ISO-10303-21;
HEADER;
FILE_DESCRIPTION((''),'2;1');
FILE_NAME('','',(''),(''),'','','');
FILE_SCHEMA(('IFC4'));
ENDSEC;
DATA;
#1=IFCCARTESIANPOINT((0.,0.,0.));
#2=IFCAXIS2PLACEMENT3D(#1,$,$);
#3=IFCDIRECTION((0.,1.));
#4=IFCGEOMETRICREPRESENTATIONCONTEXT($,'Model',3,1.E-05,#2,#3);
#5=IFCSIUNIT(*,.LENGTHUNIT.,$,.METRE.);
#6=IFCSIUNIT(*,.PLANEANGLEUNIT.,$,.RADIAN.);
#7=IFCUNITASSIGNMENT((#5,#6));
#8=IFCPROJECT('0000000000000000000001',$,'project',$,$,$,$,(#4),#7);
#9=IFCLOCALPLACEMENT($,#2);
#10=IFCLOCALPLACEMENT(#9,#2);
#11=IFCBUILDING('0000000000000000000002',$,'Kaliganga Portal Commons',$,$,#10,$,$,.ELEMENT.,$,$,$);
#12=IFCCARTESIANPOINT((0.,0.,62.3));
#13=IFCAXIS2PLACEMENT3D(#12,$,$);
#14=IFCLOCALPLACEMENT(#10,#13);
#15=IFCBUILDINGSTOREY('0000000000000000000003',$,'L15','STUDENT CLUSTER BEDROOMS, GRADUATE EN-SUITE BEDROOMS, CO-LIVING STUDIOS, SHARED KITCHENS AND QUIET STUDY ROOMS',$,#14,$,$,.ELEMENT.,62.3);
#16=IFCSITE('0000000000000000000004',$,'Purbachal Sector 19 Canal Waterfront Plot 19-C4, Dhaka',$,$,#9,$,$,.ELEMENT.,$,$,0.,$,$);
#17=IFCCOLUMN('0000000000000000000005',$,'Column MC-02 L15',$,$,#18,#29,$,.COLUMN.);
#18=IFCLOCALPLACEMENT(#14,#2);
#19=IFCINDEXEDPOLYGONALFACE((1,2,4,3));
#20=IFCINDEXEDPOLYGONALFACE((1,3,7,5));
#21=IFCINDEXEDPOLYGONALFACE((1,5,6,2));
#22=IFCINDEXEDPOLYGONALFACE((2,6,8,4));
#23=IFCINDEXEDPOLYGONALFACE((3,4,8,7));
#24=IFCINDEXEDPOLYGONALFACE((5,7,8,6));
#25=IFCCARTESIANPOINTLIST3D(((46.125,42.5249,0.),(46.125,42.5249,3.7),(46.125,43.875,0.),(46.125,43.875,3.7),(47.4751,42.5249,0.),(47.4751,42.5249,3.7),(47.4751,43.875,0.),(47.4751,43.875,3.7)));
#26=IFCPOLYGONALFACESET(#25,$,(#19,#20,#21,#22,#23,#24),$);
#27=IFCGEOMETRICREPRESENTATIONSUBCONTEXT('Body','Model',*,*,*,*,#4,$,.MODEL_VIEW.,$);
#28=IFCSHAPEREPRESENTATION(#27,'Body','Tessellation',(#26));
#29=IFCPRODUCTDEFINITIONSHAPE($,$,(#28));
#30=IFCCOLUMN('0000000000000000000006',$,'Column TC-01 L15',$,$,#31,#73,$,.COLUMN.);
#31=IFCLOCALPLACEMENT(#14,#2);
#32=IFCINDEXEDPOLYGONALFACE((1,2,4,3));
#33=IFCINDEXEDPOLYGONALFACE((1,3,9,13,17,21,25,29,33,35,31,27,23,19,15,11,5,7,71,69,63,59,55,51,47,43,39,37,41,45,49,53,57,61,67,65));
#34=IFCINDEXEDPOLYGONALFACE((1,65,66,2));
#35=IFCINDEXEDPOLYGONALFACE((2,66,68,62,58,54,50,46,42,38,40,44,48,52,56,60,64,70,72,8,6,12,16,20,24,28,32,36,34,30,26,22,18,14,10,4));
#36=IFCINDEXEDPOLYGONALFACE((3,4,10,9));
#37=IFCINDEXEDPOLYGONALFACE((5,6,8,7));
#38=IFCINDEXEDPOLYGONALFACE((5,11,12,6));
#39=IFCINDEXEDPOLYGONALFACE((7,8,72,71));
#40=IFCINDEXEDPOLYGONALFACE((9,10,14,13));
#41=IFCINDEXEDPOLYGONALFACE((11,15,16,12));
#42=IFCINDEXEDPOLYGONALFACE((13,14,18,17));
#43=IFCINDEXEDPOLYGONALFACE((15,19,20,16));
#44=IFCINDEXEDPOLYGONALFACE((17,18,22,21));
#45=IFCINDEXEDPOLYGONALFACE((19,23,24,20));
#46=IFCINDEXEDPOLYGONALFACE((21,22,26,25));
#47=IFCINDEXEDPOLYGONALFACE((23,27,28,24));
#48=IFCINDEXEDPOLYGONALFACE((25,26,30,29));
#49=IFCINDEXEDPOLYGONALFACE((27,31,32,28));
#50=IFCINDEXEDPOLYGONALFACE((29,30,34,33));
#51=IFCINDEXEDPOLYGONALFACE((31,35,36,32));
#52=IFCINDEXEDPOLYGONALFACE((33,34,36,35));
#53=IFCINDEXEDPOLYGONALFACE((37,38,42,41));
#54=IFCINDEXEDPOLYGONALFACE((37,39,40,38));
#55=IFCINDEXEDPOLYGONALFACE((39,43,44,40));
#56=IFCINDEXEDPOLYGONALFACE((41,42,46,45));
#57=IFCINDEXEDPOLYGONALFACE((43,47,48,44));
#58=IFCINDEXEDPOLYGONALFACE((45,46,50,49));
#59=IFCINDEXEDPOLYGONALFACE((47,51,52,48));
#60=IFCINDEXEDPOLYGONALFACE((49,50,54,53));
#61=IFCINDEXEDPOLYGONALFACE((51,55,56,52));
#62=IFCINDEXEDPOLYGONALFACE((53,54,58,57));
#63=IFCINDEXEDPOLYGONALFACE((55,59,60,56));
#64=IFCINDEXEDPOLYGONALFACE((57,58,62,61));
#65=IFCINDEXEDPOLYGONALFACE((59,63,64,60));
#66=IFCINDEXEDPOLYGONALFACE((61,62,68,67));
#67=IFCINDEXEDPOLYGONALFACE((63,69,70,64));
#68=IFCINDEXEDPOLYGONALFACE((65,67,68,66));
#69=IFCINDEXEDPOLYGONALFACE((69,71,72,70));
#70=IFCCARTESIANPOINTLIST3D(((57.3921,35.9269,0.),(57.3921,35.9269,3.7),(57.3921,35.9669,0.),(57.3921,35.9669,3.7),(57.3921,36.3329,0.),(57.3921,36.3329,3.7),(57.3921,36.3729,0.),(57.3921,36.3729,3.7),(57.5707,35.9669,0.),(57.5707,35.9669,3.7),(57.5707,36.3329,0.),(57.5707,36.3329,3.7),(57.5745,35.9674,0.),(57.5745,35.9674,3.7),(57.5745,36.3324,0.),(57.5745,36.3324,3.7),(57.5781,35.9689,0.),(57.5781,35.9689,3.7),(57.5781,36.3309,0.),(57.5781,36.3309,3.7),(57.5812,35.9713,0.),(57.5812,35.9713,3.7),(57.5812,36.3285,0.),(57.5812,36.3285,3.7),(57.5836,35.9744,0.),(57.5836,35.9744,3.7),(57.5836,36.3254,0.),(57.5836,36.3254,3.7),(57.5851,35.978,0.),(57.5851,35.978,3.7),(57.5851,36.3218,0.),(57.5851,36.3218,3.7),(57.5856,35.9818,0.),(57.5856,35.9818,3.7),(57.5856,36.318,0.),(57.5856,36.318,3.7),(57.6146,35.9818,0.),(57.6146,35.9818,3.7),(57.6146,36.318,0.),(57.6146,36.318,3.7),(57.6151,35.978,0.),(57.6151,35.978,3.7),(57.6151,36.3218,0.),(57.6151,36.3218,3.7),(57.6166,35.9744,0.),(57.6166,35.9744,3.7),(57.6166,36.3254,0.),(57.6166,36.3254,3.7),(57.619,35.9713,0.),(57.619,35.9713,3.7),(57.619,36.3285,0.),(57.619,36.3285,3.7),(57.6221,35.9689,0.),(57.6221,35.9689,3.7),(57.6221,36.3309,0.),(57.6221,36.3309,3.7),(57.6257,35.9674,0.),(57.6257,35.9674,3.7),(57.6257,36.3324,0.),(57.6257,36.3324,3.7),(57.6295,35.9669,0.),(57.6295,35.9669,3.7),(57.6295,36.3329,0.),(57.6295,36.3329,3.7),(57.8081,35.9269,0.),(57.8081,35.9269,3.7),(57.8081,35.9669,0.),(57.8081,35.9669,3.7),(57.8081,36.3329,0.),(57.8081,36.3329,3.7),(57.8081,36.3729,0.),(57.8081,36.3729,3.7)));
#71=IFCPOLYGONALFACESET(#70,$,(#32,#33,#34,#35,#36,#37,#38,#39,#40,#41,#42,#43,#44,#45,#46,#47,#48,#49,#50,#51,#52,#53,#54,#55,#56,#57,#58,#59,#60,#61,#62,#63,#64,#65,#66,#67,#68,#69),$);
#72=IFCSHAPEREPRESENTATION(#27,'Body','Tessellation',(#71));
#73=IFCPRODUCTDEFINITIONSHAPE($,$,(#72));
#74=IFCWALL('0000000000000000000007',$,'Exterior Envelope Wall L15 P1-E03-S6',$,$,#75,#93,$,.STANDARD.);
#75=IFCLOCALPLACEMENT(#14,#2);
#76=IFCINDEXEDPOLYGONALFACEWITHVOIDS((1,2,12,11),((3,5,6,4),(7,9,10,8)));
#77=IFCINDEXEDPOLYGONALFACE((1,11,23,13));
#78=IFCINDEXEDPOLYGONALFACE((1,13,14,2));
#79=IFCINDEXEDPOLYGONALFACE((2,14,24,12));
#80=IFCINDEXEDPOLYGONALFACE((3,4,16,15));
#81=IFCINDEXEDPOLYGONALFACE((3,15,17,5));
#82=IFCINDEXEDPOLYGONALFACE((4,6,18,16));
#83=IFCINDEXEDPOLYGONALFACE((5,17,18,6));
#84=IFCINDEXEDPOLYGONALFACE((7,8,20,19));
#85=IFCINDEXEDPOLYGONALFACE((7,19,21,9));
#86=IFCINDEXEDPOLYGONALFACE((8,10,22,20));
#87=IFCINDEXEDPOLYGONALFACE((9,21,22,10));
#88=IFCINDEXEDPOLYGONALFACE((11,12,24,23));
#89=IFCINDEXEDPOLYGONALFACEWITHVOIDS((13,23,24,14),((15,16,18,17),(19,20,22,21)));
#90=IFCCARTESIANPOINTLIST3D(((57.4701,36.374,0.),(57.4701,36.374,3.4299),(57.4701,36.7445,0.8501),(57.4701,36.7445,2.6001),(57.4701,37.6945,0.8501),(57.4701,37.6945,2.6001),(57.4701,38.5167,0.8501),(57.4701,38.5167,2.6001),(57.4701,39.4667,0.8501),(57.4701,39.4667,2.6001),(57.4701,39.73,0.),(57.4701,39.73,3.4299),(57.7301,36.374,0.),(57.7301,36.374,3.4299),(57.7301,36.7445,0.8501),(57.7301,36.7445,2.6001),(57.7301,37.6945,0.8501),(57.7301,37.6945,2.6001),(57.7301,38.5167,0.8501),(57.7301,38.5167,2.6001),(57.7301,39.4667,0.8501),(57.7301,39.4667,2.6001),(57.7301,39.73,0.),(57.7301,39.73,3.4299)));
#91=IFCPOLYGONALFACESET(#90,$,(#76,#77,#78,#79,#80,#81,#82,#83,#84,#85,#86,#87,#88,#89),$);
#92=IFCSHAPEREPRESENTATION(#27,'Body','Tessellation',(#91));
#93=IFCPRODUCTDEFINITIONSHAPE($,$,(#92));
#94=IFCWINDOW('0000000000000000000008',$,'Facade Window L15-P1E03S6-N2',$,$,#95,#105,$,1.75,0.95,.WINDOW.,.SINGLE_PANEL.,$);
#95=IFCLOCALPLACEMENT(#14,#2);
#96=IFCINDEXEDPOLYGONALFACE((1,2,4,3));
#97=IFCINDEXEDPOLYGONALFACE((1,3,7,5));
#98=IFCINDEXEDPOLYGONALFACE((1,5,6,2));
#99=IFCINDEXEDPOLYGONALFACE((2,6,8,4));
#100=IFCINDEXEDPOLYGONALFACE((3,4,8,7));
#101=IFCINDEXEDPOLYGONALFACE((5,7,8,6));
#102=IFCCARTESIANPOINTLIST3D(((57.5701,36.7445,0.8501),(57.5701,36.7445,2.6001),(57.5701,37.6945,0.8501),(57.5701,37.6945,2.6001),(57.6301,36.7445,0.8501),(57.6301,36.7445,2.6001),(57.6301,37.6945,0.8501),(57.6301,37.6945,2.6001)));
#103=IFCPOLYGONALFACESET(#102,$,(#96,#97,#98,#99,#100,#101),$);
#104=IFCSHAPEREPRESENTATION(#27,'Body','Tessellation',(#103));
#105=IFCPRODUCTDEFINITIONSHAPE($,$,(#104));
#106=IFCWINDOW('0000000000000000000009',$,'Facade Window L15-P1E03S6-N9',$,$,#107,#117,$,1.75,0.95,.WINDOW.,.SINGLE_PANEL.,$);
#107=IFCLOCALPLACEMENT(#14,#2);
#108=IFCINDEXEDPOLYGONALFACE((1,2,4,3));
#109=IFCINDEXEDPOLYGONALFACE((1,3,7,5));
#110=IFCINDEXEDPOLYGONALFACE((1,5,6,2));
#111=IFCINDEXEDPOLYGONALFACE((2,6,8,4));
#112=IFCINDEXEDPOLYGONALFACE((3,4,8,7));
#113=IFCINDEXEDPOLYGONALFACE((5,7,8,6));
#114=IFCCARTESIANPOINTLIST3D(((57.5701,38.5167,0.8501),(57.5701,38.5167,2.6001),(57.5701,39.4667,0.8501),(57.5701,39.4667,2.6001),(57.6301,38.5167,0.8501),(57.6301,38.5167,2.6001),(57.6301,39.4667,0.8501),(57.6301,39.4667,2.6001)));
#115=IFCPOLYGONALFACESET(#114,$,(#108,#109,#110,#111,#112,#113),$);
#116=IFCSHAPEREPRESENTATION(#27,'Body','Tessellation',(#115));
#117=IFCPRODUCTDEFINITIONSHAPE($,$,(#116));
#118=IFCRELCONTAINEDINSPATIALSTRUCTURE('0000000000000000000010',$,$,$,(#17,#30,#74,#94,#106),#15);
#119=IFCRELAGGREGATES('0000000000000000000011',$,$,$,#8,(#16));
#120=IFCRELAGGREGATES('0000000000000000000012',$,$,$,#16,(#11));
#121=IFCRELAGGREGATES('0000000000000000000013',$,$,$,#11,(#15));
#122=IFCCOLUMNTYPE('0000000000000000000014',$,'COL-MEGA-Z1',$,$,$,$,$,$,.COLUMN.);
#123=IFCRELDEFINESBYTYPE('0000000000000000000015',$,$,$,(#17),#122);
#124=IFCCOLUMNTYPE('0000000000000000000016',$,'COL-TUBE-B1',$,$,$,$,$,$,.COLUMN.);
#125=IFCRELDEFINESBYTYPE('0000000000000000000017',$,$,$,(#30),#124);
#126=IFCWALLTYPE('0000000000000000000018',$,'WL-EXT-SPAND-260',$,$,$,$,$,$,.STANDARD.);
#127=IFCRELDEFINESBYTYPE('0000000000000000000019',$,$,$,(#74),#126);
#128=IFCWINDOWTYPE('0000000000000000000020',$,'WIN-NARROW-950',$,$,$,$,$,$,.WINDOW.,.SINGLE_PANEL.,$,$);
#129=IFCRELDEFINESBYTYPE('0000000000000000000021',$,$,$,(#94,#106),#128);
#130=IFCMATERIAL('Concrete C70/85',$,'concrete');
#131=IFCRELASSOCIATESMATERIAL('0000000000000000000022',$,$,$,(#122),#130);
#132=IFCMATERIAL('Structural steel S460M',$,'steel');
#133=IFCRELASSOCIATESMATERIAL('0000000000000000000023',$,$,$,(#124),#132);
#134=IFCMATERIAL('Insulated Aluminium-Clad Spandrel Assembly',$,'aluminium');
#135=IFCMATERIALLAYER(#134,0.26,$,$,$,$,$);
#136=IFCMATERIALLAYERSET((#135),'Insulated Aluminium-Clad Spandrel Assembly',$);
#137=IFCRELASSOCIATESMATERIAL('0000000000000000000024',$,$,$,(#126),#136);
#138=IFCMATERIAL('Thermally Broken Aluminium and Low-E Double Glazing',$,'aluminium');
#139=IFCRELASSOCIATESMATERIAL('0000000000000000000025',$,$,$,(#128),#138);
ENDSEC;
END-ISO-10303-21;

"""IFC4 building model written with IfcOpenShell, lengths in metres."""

from ifc_helpers import new_model, si_unit, direction, frame, frame_2d, origin, origin_2d, place, context, subcontext, project, spatial, rectangle, i_section, extrude, source, transform, mapped, material, layer, layer_set, material_profile, profile_set, type_object, element, fill, save


model = new_model("IFC4")

# Units and contexts
model_context = context("Model", 3, precision=1e-05, world=origin(), true_north=direction((0.0, 1.0)))
body_context = subcontext(model_context, "Body", "Model", "MODEL_VIEW")
ifc_project = project(units=[si_unit("LENGTHUNIT", "METRE"), si_unit("PLANEANGLEUNIT", "RADIAN")], contexts=[model_context])

# Site, building, storey
site_placement = place(None, origin())
site = spatial("IfcSite", under=ifc_project, at=site_placement, Name="Purbachal Sector 19 Canal Waterfront Plot 19-C4, Dhaka", CompositionType="ELEMENT", RefElevation=0.0)
building_placement = place(site_placement, origin())
building = spatial("IfcBuilding", under=site, at=building_placement, Name="Kaliganga Portal Commons", CompositionType="ELEMENT")
storey_placement = place(building_placement, frame((0.0, 0.0, 62.3)))
storey = spatial("IfcBuildingStorey", under=building, at=storey_placement, Name="L15", Description="STUDENT CLUSTER BEDROOMS, GRADUATE EN-SUITE BEDROOMS, CO-LIVING STUDIOS, SHARED KITCHENS AND QUIET STUDY ROOMS", CompositionType="ELEMENT", Elevation=62.3)

# Columns
ifc_material_1 = material(Name="Concrete C70/85", Category="concrete")
ifc_material_profile_1 = material_profile(ifc_material_1, rectangle(XDim=1.3501, YDim=1.3501, at=origin_2d()), Name="RC 1350x1350")
ifc_profile_set_1 = profile_set([ifc_material_profile_1], Name="Concrete C70/85")
column_type_1 = type_object("IfcColumnType", Name="COL-MEGA-Z1", PredefinedType="COLUMN", material=ifc_profile_set_1)
shared_shape_1 = source(origin(), body_context, "Body", "SweptSolid", [
    extrude(rectangle(XDim=1.3501, YDim=1.3501, at=origin_2d()), origin(), (0.0, 0.0, 1.0), 3.7),
])
column_1_placement = place(storey_placement, frame((46.8, 43.2, 0.0), z_axis=(0.0, 0.0, 1.0), x_axis=(1.0, 0.0, 0.0)))
element("IfcColumn", 1, at=column_1_placement, inside=storey, type_object=column_type_1, Name="Column MC-02 L15", PredefinedType="COLUMN", context=body_context, shape_type="MappedRepresentation", body=[
    mapped(shared_shape_1, transform((0.0, 0.0, 0.0), x_axis=(1.0, 0.0, 0.0), y_axis=(0.0, 1.0, 0.0), z_axis=(0.0, 0.0, 1.0), scale=1.0)),
])
ifc_material_2 = material(Name="Structural steel S460M", Category="steel")
ifc_material_profile_2 = material_profile(ifc_material_2, i_section(OverallWidth=0.416, OverallDepth=0.446, WebThickness=0.0291, FlangeThickness=0.04, FilletRadius=0.0149, at=origin_2d()), Name="HD 400x509")
ifc_profile_set_2 = profile_set([ifc_material_profile_2], Name="Structural steel S460M wide-flange")
column_type_2 = type_object("IfcColumnType", Name="COL-TUBE-B1", PredefinedType="COLUMN", material=ifc_profile_set_2)
shared_shape_2 = source(origin(), body_context, "Body", "SweptSolid", [
    extrude(i_section(OverallWidth=0.416, OverallDepth=0.446, WebThickness=0.0291, FlangeThickness=0.04, FilletRadius=0.0149, at=origin_2d()), origin(), (0.0, 0.0, 1.0), 3.7),
])
column_2_placement = place(storey_placement, frame((57.6001, 36.1499, 0.0), z_axis=(0.0, 0.0, 1.0), x_axis=(1.0, 0.0, 0.0)))
element("IfcColumn", 2, at=column_2_placement, inside=storey, type_object=column_type_2, Name="Column TC-01 L15", PredefinedType="COLUMN", context=body_context, shape_type="MappedRepresentation", body=[
    mapped(shared_shape_2, transform((0.0, 0.0, 0.0), x_axis=(1.0, 0.0, 0.0), y_axis=(0.0, 1.0, 0.0), z_axis=(0.0, 0.0, 1.0), scale=1.0)),
])

# Wall, openings, windows
ifc_material_3 = material(Name="Insulated Aluminium-Clad Spandrel Assembly", Category="aluminium")
ifc_layer_1 = layer(ifc_material_3, 0.26)
ifc_layer_set_1 = layer_set([ifc_layer_1], Name="Insulated Aluminium-Clad Spandrel Assembly")
wall_type_1 = type_object("IfcWallType", Name="WL-EXT-SPAND-260", PredefinedType="STANDARD", material=ifc_layer_set_1)
wall_1_placement = place(storey_placement, frame((57.6001, 39.73, 0.0), z_axis=(0.0, 0.0, 1.0), x_axis=(0.0, -1.0, 0.0)))
wall_1 = element("IfcWall", 3, at=wall_1_placement, inside=storey, type_object=wall_type_1, Name="Exterior Envelope Wall L15 P1-E03-S6", PredefinedType="STANDARD", context=body_context, shape_type="SweptSolid", body=[
    extrude(rectangle(XDim=3.356, YDim=0.26, at=frame_2d((1.678, 0.0))), origin(), (0.0, 0.0, 1.0), 3.4299),
])
opening_1_placement = place(wall_1_placement, frame((2.0354, 0.0, 0.8501)))
opening_1 = element("IfcOpeningElement", 4, at=opening_1_placement, cuts=wall_1, PredefinedType="OPENING", context=body_context, shape_type="SweptSolid", body=[
    extrude(rectangle(XDim=0.95, YDim=1.75, at=frame_2d((0.4751, 0.875))), frame((0.0, 0.1401, 0.0), z_axis=(0.0, -1.0, 0.0), x_axis=(1.0, 0.0, 0.0)), (0.0, 0.0, 1.0), 0.28),
])
opening_2_placement = place(wall_1_placement, frame((0.2632, 0.0, 0.8501)))
opening_2 = element("IfcOpeningElement", 5, at=opening_2_placement, cuts=wall_1, PredefinedType="OPENING", context=body_context, shape_type="SweptSolid", body=[
    extrude(rectangle(XDim=0.95, YDim=1.75, at=frame_2d((0.4751, 0.875))), frame((0.0, 0.1401, 0.0), z_axis=(0.0, -1.0, 0.0), x_axis=(1.0, 0.0, 0.0)), (0.0, 0.0, 1.0), 0.28),
])
ifc_material_4 = material(Name="Thermally Broken Aluminium and Low-E Double Glazing", Category="aluminium")
window_type_1 = type_object("IfcWindowType", Name="WIN-NARROW-950", PartitioningType="SINGLE_PANEL", PredefinedType="WINDOW", material=ifc_material_4)
window_1_placement = place(opening_1_placement, origin())
window_1 = element("IfcWindow", 6, at=window_1_placement, inside=storey, type_object=window_type_1, Name="Facade Window L15-P1E03S6-N2", OverallHeight=1.75, OverallWidth=0.95, PartitioningType="SINGLE_PANEL", PredefinedType="WINDOW", context=body_context, shape_type="SweptSolid", body=[
    extrude(rectangle(XDim=0.95, YDim=1.75, at=frame_2d((0.4751, 0.875))), frame((0.0, 0.03, 0.0), z_axis=(0.0, -1.0, 0.0), x_axis=(1.0, 0.0, 0.0)), (0.0, 0.0, 1.0), 0.0601),
])
fill(opening_1, window_1)
window_2_placement = place(opening_2_placement, origin())
window_2 = element("IfcWindow", 7, at=window_2_placement, inside=storey, type_object=window_type_1, Name="Facade Window L15-P1E03S6-N9", OverallHeight=1.75, OverallWidth=0.95, PartitioningType="SINGLE_PANEL", PredefinedType="WINDOW", context=body_context, shape_type="SweptSolid", body=[
    extrude(rectangle(XDim=0.95, YDim=1.75, at=frame_2d((0.4751, 0.875))), frame((0.0, 0.03, 0.0), z_axis=(0.0, -1.0, 0.0), x_axis=(1.0, 0.0, 0.0)), (0.0, 0.0, 1.0), 0.0601),
])
fill(opening_2, window_2)

save(model, "model.ifc")
